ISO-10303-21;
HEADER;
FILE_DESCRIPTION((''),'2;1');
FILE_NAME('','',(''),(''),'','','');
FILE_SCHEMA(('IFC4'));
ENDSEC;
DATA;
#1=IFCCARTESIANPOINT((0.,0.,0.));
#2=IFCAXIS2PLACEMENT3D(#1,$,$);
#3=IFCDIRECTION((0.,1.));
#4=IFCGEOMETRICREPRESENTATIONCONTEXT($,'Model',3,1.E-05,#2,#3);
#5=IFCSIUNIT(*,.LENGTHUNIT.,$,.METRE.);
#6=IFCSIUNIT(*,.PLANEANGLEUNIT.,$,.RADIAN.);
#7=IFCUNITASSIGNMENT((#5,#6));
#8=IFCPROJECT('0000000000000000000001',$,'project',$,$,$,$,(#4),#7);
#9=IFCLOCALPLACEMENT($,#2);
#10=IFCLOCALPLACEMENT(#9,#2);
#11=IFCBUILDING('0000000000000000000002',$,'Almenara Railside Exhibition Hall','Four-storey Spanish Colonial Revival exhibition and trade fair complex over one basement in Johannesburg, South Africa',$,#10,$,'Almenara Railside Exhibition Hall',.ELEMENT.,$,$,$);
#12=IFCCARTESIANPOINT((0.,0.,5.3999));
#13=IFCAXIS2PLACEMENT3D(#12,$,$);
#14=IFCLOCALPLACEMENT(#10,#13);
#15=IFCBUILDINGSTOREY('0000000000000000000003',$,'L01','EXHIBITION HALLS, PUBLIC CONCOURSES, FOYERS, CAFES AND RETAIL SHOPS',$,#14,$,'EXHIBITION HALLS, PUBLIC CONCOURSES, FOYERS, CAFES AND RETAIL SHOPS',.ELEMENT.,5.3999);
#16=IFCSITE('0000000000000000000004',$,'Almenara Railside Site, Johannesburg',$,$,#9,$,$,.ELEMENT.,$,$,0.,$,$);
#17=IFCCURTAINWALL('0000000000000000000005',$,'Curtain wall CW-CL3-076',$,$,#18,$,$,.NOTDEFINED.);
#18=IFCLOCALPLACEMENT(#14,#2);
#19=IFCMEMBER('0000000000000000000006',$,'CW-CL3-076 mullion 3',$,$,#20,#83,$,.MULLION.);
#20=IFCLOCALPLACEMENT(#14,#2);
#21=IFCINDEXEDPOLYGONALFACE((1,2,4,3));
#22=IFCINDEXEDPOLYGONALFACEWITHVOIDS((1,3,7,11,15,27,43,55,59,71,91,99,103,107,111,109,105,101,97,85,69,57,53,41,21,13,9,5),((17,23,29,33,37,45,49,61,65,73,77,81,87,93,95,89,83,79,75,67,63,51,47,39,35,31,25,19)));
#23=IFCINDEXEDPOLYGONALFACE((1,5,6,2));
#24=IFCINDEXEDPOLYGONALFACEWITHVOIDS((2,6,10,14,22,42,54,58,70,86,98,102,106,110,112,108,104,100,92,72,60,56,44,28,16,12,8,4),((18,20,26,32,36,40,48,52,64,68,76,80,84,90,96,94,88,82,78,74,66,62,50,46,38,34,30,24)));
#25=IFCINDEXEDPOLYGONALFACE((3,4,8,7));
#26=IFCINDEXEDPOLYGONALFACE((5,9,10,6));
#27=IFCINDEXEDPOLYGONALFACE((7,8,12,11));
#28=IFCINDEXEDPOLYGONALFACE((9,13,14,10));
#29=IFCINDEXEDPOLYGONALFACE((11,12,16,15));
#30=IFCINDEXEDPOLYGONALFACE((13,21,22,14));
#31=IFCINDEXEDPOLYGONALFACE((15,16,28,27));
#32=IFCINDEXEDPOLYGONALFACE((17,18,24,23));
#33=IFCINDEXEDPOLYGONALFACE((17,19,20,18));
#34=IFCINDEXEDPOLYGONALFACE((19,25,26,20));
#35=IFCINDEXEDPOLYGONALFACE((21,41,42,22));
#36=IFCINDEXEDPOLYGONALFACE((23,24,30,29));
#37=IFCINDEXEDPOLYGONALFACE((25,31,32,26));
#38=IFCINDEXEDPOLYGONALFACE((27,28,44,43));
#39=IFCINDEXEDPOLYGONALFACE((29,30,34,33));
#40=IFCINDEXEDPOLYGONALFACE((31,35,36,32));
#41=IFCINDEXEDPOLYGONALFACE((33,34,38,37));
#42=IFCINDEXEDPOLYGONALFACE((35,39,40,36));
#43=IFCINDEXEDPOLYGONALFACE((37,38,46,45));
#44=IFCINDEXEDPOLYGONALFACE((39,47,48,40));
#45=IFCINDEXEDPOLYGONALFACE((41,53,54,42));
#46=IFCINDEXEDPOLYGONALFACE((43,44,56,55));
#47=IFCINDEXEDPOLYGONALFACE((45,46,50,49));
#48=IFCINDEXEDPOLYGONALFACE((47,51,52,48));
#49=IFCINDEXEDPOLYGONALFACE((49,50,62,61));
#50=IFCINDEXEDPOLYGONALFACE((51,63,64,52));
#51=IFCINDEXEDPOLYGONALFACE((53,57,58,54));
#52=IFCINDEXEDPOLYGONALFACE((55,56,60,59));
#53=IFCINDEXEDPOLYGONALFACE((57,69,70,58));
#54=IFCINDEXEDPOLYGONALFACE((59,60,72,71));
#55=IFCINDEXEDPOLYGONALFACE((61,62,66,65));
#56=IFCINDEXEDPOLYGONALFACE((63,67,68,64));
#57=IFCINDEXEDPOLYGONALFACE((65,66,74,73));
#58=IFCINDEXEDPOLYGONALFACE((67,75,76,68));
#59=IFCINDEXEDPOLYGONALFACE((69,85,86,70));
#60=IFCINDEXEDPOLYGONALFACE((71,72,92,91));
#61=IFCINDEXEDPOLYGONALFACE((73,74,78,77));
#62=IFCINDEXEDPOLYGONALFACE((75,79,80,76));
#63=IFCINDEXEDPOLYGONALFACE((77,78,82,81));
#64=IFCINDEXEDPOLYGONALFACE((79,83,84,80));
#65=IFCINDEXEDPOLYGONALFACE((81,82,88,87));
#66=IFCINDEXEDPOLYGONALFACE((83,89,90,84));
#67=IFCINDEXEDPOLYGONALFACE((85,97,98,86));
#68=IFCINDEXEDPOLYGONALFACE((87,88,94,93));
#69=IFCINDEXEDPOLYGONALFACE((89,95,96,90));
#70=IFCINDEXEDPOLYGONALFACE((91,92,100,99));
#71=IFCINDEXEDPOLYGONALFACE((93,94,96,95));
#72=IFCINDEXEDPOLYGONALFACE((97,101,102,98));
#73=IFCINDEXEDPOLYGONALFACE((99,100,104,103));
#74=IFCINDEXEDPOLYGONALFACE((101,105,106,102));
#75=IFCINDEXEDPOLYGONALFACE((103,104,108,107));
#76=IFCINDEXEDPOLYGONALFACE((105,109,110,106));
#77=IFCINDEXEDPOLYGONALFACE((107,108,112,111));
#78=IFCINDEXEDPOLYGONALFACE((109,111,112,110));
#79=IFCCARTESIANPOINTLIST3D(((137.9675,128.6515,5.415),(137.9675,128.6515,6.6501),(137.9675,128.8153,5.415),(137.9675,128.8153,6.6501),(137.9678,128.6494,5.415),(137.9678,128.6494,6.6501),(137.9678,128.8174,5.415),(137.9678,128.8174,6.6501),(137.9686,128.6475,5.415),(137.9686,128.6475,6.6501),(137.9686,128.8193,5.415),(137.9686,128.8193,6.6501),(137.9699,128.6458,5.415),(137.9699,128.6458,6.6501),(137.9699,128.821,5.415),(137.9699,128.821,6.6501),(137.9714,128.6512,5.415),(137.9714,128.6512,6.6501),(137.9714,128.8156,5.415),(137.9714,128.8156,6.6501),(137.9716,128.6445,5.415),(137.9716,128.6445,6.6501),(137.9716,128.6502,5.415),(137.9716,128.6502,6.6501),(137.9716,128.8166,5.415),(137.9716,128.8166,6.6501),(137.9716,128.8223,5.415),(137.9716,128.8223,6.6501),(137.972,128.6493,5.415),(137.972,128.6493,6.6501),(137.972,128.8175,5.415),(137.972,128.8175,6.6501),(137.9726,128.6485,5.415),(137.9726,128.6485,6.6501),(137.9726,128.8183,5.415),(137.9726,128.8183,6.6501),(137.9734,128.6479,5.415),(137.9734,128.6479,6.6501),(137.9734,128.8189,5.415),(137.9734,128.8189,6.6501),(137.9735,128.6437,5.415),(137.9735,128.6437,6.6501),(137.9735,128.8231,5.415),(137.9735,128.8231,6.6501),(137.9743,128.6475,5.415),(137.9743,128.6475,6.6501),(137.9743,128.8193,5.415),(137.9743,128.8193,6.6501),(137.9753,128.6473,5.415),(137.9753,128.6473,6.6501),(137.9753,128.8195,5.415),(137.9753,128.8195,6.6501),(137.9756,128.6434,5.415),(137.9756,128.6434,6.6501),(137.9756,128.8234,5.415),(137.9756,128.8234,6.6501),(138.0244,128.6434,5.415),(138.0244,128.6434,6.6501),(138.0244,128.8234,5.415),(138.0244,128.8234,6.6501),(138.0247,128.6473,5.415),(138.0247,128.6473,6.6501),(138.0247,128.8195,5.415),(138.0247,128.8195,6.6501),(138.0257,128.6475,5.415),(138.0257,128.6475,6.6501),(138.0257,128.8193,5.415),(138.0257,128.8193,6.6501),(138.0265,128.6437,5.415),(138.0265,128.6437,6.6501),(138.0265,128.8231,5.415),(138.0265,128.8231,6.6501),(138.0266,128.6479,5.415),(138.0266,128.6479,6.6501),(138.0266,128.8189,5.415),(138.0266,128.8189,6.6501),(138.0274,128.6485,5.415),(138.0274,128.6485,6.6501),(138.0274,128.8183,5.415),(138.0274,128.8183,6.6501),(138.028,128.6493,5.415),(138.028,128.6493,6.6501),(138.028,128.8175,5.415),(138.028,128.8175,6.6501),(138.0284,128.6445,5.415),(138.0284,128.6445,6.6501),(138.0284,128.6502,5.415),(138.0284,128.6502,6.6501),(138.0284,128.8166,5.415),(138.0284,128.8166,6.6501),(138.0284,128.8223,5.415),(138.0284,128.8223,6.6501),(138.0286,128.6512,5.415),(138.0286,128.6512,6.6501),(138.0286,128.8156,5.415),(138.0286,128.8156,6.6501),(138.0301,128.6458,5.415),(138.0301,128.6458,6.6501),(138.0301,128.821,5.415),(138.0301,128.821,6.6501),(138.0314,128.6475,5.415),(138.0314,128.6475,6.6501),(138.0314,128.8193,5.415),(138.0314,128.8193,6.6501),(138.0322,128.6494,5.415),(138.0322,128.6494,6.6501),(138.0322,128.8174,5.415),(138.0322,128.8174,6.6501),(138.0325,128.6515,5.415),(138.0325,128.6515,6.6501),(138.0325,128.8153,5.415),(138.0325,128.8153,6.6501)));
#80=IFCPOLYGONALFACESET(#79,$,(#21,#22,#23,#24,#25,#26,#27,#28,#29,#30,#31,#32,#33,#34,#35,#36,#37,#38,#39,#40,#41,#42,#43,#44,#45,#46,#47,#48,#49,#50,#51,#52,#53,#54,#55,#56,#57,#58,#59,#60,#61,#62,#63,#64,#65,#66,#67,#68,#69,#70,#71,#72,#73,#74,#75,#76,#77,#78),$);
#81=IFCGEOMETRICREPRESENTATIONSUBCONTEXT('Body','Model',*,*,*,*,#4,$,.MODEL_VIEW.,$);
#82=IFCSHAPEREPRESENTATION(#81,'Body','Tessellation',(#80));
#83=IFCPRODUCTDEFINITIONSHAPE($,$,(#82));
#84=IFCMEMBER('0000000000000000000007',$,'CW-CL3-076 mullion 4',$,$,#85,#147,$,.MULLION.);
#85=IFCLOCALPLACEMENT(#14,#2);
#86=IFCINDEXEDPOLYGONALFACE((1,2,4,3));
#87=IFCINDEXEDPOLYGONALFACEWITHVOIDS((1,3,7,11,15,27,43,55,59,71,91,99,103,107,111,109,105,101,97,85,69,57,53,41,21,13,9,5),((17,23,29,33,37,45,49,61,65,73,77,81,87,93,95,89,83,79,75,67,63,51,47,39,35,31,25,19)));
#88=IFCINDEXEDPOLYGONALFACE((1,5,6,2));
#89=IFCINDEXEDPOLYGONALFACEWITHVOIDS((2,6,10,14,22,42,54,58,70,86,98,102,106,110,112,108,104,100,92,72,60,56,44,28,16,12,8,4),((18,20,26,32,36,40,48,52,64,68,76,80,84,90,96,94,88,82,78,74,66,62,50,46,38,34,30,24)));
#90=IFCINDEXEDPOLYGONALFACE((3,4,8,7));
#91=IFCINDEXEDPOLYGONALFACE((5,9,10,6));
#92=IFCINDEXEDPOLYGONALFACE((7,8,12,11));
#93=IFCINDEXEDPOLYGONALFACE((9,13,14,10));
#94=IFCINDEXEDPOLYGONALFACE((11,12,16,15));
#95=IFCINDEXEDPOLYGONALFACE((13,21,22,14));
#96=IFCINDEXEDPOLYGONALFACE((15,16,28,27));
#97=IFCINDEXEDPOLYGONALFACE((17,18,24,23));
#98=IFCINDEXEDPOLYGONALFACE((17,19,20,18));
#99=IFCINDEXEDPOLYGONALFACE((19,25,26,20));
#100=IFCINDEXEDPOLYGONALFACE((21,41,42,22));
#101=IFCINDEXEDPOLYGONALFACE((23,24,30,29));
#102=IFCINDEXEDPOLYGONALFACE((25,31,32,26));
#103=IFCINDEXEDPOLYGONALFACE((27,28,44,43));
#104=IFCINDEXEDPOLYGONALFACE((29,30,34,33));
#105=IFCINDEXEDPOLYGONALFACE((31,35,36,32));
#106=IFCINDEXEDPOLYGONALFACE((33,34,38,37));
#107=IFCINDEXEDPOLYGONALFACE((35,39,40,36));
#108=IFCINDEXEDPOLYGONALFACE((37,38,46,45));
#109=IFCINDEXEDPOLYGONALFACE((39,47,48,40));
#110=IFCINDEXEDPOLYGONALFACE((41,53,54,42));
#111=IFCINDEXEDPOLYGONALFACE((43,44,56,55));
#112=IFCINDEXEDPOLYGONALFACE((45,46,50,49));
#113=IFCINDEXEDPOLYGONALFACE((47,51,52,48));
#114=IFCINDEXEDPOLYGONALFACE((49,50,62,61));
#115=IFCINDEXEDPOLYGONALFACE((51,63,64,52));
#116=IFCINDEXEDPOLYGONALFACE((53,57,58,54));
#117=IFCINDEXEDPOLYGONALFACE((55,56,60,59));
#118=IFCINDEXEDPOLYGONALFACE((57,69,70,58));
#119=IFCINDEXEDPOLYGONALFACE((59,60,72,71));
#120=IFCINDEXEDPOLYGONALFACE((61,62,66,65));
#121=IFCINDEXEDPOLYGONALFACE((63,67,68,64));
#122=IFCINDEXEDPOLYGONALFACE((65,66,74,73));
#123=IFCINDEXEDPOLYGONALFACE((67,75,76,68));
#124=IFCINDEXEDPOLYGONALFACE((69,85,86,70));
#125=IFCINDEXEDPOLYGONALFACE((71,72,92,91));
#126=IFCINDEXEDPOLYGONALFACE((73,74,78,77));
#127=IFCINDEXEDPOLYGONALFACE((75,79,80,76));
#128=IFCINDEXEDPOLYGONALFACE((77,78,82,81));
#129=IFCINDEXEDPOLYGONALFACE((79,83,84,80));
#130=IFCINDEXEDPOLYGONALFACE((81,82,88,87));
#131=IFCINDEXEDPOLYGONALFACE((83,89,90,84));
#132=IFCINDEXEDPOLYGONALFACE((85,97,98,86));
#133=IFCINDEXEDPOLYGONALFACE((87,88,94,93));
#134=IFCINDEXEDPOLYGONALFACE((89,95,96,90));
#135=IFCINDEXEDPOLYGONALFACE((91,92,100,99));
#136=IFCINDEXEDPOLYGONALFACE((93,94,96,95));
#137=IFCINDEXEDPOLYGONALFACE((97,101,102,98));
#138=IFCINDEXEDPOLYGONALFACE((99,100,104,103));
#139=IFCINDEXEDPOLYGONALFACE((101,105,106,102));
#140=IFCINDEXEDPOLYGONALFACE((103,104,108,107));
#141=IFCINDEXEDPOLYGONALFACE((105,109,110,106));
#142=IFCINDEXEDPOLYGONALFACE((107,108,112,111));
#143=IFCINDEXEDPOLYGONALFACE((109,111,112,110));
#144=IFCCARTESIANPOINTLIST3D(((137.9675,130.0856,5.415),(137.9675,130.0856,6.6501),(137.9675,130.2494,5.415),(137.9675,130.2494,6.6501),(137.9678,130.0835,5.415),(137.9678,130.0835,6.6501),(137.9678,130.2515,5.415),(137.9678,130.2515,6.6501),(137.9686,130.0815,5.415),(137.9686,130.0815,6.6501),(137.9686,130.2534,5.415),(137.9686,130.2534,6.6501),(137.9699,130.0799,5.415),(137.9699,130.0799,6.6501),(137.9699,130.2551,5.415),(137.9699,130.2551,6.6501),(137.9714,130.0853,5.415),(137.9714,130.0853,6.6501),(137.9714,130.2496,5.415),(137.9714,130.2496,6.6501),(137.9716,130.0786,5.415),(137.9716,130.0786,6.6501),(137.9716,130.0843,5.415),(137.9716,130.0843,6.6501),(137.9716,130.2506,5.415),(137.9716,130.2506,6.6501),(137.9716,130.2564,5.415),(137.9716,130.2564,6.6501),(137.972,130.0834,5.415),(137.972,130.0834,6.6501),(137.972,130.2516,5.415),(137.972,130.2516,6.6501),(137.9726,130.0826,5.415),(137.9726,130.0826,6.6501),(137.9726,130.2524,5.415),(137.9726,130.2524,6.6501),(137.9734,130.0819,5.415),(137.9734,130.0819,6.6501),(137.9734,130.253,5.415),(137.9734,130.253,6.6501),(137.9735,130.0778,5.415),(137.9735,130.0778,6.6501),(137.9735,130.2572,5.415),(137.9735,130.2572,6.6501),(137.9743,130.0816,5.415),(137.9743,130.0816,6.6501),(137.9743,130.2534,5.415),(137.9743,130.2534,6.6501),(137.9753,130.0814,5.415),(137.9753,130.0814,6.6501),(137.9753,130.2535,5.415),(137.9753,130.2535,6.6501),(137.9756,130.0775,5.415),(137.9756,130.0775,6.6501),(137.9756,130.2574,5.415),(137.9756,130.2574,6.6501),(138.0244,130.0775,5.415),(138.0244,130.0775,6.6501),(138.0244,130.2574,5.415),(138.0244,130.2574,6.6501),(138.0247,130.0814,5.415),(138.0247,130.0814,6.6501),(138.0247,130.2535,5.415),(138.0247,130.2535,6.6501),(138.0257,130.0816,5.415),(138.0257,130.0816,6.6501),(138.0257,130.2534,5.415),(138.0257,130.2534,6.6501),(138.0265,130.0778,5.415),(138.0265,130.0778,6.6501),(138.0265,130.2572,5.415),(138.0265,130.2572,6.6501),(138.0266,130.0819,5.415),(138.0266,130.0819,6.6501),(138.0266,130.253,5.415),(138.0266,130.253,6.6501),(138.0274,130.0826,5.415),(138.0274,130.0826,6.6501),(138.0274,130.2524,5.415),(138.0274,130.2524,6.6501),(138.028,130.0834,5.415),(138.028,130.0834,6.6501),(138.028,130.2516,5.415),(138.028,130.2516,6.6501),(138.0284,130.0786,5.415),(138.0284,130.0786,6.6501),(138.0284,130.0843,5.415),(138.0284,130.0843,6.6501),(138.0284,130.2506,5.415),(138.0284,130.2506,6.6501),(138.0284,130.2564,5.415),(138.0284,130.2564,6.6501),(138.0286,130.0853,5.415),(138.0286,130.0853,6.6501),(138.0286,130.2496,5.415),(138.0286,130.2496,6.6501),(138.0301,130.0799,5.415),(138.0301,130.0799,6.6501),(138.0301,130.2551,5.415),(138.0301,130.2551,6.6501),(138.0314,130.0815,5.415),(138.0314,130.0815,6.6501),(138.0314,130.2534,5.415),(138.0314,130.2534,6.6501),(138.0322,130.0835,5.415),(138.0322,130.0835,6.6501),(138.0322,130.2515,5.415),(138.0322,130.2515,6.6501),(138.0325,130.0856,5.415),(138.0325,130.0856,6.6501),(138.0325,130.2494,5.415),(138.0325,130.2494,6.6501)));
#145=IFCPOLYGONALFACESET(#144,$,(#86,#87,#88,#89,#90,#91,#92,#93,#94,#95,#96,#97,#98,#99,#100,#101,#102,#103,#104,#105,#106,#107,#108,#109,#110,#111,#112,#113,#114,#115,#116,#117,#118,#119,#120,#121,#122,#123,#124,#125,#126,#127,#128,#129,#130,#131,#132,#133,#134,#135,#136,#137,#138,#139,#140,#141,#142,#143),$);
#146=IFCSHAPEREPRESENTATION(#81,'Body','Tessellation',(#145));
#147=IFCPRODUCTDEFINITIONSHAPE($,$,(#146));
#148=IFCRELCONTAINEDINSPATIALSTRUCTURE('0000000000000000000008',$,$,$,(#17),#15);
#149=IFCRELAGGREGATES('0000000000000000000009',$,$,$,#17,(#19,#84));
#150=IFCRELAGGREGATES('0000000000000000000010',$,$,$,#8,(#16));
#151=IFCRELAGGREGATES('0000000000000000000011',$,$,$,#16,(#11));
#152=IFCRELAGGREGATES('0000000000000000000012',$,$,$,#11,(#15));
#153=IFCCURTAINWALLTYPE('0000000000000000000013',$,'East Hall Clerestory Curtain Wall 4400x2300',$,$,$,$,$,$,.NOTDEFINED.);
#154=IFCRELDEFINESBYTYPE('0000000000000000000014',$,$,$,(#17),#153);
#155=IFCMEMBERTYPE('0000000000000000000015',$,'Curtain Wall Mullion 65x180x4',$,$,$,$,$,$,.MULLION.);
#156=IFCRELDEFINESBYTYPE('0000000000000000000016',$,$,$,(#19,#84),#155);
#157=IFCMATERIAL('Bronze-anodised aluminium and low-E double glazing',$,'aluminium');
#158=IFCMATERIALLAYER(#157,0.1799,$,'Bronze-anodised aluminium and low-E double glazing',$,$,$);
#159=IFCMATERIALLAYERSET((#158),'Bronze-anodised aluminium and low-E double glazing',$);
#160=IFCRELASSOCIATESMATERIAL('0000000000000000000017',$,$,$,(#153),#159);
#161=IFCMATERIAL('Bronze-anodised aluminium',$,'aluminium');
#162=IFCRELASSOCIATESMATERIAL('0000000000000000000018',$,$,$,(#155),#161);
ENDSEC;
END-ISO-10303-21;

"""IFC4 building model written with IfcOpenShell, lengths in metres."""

from ifc_helpers import new_model, si_unit, direction, frame, origin, origin_2d, place, context, subcontext, project, spatial, hollow_rectangle, extrude, material, layer, layer_set, material_profile, profile_set, type_object, element, aggregate, save


model = new_model("IFC4")

# Units and contexts
model_context = context("Model", 3, precision=1e-05, world=origin(), true_north=direction((0.0, 1.0)))
body_context = subcontext(model_context, "Body", "Model", "MODEL_VIEW")
ifc_project = project(units=[si_unit("LENGTHUNIT", "METRE"), si_unit("PLANEANGLEUNIT", "RADIAN")], contexts=[model_context])

# Site, building, storey
site_placement = place(None, origin())
site = spatial("IfcSite", under=ifc_project, at=site_placement, Name="Almenara Railside Site, Johannesburg", CompositionType="ELEMENT", RefElevation=0.0)
building_placement = place(site_placement, origin())
building = spatial("IfcBuilding", under=site, at=building_placement, Name="Almenara Railside Exhibition Hall", Description="Four-storey Spanish Colonial Revival exhibition and trade fair complex over one basement in Johannesburg, South Africa", LongName="Almenara Railside Exhibition Hall", CompositionType="ELEMENT")
storey_placement = place(building_placement, frame((0.0, 0.0, 5.3999)))
storey = spatial("IfcBuildingStorey", under=building, at=storey_placement, Name="L01", Description="EXHIBITION HALLS, PUBLIC CONCOURSES, FOYERS, CAFES AND RETAIL SHOPS", LongName="EXHIBITION HALLS, PUBLIC CONCOURSES, FOYERS, CAFES AND RETAIL SHOPS", CompositionType="ELEMENT", Elevation=5.3999)

# Curtain wall, members
ifc_material_1 = material(Name="Bronze-anodised aluminium and low-E double glazing", Category="aluminium")
ifc_layer_1 = layer(ifc_material_1, 0.1799, Name="Bronze-anodised aluminium and low-E double glazing")
ifc_layer_set_1 = layer_set([ifc_layer_1], Name="Bronze-anodised aluminium and low-E double glazing")
curtain_wall_type = type_object("IfcCurtainWallType", Name="East Hall Clerestory Curtain Wall 4400x2300", PredefinedType="NOTDEFINED", material=ifc_layer_set_1)
curtain_wall_placement = place(storey_placement, origin())
curtain_wall = element("IfcCurtainWall", 1, at=curtain_wall_placement, inside=storey, type_object=curtain_wall_type, Name="Curtain wall CW-CL3-076", PredefinedType="NOTDEFINED")
ifc_material_2 = material(Name="Bronze-anodised aluminium", Category="aluminium")
ifc_material_profile_1 = material_profile(ifc_material_2, hollow_rectangle(XDim=0.0649, YDim=0.1799, WallThickness=0.0039, InnerFilletRadius=0.0039, OuterFilletRadius=0.0081, at=origin_2d()), Name="ALU-MUL 65x180x4")
ifc_profile_set_1 = profile_set([ifc_material_profile_1], Name="Bronze-anodised aluminium")
member_type_1 = type_object("IfcMemberType", Name="Curtain Wall Mullion 65x180x4", PredefinedType="MULLION", material=ifc_profile_set_1)
member_1_placement = place(storey_placement, frame((138.0, 128.7334, 5.415), z_axis=(0.0, 0.0, 1.0), x_axis=(-1.0, 0.0, 0.0)))
member_1 = element("IfcMember", 2, at=member_1_placement, type_object=member_type_1, Name="CW-CL3-076 mullion 3", PredefinedType="MULLION", context=body_context, shape_type="SweptSolid", body=[
    extrude(hollow_rectangle(XDim=0.0649, YDim=0.1799, WallThickness=0.0039, InnerFilletRadius=0.0039, OuterFilletRadius=0.0081, at=origin_2d()), origin(), (0.0, 0.0, 1.0), 1.2351),
])
member_2_placement = place(storey_placement, frame((138.0, 130.1675, 5.415), z_axis=(0.0, 0.0, 1.0), x_axis=(-1.0, 0.0, 0.0)))
member_2 = element("IfcMember", 3, at=member_2_placement, type_object=member_type_1, Name="CW-CL3-076 mullion 4", PredefinedType="MULLION", context=body_context, shape_type="SweptSolid", body=[
    extrude(hollow_rectangle(XDim=0.0649, YDim=0.1799, WallThickness=0.0039, InnerFilletRadius=0.0039, OuterFilletRadius=0.0081, at=origin_2d()), origin(), (0.0, 0.0, 1.0), 1.2351),
])

aggregate(curtain_wall, [member_1, member_2])

save(model, "model.ifc")
